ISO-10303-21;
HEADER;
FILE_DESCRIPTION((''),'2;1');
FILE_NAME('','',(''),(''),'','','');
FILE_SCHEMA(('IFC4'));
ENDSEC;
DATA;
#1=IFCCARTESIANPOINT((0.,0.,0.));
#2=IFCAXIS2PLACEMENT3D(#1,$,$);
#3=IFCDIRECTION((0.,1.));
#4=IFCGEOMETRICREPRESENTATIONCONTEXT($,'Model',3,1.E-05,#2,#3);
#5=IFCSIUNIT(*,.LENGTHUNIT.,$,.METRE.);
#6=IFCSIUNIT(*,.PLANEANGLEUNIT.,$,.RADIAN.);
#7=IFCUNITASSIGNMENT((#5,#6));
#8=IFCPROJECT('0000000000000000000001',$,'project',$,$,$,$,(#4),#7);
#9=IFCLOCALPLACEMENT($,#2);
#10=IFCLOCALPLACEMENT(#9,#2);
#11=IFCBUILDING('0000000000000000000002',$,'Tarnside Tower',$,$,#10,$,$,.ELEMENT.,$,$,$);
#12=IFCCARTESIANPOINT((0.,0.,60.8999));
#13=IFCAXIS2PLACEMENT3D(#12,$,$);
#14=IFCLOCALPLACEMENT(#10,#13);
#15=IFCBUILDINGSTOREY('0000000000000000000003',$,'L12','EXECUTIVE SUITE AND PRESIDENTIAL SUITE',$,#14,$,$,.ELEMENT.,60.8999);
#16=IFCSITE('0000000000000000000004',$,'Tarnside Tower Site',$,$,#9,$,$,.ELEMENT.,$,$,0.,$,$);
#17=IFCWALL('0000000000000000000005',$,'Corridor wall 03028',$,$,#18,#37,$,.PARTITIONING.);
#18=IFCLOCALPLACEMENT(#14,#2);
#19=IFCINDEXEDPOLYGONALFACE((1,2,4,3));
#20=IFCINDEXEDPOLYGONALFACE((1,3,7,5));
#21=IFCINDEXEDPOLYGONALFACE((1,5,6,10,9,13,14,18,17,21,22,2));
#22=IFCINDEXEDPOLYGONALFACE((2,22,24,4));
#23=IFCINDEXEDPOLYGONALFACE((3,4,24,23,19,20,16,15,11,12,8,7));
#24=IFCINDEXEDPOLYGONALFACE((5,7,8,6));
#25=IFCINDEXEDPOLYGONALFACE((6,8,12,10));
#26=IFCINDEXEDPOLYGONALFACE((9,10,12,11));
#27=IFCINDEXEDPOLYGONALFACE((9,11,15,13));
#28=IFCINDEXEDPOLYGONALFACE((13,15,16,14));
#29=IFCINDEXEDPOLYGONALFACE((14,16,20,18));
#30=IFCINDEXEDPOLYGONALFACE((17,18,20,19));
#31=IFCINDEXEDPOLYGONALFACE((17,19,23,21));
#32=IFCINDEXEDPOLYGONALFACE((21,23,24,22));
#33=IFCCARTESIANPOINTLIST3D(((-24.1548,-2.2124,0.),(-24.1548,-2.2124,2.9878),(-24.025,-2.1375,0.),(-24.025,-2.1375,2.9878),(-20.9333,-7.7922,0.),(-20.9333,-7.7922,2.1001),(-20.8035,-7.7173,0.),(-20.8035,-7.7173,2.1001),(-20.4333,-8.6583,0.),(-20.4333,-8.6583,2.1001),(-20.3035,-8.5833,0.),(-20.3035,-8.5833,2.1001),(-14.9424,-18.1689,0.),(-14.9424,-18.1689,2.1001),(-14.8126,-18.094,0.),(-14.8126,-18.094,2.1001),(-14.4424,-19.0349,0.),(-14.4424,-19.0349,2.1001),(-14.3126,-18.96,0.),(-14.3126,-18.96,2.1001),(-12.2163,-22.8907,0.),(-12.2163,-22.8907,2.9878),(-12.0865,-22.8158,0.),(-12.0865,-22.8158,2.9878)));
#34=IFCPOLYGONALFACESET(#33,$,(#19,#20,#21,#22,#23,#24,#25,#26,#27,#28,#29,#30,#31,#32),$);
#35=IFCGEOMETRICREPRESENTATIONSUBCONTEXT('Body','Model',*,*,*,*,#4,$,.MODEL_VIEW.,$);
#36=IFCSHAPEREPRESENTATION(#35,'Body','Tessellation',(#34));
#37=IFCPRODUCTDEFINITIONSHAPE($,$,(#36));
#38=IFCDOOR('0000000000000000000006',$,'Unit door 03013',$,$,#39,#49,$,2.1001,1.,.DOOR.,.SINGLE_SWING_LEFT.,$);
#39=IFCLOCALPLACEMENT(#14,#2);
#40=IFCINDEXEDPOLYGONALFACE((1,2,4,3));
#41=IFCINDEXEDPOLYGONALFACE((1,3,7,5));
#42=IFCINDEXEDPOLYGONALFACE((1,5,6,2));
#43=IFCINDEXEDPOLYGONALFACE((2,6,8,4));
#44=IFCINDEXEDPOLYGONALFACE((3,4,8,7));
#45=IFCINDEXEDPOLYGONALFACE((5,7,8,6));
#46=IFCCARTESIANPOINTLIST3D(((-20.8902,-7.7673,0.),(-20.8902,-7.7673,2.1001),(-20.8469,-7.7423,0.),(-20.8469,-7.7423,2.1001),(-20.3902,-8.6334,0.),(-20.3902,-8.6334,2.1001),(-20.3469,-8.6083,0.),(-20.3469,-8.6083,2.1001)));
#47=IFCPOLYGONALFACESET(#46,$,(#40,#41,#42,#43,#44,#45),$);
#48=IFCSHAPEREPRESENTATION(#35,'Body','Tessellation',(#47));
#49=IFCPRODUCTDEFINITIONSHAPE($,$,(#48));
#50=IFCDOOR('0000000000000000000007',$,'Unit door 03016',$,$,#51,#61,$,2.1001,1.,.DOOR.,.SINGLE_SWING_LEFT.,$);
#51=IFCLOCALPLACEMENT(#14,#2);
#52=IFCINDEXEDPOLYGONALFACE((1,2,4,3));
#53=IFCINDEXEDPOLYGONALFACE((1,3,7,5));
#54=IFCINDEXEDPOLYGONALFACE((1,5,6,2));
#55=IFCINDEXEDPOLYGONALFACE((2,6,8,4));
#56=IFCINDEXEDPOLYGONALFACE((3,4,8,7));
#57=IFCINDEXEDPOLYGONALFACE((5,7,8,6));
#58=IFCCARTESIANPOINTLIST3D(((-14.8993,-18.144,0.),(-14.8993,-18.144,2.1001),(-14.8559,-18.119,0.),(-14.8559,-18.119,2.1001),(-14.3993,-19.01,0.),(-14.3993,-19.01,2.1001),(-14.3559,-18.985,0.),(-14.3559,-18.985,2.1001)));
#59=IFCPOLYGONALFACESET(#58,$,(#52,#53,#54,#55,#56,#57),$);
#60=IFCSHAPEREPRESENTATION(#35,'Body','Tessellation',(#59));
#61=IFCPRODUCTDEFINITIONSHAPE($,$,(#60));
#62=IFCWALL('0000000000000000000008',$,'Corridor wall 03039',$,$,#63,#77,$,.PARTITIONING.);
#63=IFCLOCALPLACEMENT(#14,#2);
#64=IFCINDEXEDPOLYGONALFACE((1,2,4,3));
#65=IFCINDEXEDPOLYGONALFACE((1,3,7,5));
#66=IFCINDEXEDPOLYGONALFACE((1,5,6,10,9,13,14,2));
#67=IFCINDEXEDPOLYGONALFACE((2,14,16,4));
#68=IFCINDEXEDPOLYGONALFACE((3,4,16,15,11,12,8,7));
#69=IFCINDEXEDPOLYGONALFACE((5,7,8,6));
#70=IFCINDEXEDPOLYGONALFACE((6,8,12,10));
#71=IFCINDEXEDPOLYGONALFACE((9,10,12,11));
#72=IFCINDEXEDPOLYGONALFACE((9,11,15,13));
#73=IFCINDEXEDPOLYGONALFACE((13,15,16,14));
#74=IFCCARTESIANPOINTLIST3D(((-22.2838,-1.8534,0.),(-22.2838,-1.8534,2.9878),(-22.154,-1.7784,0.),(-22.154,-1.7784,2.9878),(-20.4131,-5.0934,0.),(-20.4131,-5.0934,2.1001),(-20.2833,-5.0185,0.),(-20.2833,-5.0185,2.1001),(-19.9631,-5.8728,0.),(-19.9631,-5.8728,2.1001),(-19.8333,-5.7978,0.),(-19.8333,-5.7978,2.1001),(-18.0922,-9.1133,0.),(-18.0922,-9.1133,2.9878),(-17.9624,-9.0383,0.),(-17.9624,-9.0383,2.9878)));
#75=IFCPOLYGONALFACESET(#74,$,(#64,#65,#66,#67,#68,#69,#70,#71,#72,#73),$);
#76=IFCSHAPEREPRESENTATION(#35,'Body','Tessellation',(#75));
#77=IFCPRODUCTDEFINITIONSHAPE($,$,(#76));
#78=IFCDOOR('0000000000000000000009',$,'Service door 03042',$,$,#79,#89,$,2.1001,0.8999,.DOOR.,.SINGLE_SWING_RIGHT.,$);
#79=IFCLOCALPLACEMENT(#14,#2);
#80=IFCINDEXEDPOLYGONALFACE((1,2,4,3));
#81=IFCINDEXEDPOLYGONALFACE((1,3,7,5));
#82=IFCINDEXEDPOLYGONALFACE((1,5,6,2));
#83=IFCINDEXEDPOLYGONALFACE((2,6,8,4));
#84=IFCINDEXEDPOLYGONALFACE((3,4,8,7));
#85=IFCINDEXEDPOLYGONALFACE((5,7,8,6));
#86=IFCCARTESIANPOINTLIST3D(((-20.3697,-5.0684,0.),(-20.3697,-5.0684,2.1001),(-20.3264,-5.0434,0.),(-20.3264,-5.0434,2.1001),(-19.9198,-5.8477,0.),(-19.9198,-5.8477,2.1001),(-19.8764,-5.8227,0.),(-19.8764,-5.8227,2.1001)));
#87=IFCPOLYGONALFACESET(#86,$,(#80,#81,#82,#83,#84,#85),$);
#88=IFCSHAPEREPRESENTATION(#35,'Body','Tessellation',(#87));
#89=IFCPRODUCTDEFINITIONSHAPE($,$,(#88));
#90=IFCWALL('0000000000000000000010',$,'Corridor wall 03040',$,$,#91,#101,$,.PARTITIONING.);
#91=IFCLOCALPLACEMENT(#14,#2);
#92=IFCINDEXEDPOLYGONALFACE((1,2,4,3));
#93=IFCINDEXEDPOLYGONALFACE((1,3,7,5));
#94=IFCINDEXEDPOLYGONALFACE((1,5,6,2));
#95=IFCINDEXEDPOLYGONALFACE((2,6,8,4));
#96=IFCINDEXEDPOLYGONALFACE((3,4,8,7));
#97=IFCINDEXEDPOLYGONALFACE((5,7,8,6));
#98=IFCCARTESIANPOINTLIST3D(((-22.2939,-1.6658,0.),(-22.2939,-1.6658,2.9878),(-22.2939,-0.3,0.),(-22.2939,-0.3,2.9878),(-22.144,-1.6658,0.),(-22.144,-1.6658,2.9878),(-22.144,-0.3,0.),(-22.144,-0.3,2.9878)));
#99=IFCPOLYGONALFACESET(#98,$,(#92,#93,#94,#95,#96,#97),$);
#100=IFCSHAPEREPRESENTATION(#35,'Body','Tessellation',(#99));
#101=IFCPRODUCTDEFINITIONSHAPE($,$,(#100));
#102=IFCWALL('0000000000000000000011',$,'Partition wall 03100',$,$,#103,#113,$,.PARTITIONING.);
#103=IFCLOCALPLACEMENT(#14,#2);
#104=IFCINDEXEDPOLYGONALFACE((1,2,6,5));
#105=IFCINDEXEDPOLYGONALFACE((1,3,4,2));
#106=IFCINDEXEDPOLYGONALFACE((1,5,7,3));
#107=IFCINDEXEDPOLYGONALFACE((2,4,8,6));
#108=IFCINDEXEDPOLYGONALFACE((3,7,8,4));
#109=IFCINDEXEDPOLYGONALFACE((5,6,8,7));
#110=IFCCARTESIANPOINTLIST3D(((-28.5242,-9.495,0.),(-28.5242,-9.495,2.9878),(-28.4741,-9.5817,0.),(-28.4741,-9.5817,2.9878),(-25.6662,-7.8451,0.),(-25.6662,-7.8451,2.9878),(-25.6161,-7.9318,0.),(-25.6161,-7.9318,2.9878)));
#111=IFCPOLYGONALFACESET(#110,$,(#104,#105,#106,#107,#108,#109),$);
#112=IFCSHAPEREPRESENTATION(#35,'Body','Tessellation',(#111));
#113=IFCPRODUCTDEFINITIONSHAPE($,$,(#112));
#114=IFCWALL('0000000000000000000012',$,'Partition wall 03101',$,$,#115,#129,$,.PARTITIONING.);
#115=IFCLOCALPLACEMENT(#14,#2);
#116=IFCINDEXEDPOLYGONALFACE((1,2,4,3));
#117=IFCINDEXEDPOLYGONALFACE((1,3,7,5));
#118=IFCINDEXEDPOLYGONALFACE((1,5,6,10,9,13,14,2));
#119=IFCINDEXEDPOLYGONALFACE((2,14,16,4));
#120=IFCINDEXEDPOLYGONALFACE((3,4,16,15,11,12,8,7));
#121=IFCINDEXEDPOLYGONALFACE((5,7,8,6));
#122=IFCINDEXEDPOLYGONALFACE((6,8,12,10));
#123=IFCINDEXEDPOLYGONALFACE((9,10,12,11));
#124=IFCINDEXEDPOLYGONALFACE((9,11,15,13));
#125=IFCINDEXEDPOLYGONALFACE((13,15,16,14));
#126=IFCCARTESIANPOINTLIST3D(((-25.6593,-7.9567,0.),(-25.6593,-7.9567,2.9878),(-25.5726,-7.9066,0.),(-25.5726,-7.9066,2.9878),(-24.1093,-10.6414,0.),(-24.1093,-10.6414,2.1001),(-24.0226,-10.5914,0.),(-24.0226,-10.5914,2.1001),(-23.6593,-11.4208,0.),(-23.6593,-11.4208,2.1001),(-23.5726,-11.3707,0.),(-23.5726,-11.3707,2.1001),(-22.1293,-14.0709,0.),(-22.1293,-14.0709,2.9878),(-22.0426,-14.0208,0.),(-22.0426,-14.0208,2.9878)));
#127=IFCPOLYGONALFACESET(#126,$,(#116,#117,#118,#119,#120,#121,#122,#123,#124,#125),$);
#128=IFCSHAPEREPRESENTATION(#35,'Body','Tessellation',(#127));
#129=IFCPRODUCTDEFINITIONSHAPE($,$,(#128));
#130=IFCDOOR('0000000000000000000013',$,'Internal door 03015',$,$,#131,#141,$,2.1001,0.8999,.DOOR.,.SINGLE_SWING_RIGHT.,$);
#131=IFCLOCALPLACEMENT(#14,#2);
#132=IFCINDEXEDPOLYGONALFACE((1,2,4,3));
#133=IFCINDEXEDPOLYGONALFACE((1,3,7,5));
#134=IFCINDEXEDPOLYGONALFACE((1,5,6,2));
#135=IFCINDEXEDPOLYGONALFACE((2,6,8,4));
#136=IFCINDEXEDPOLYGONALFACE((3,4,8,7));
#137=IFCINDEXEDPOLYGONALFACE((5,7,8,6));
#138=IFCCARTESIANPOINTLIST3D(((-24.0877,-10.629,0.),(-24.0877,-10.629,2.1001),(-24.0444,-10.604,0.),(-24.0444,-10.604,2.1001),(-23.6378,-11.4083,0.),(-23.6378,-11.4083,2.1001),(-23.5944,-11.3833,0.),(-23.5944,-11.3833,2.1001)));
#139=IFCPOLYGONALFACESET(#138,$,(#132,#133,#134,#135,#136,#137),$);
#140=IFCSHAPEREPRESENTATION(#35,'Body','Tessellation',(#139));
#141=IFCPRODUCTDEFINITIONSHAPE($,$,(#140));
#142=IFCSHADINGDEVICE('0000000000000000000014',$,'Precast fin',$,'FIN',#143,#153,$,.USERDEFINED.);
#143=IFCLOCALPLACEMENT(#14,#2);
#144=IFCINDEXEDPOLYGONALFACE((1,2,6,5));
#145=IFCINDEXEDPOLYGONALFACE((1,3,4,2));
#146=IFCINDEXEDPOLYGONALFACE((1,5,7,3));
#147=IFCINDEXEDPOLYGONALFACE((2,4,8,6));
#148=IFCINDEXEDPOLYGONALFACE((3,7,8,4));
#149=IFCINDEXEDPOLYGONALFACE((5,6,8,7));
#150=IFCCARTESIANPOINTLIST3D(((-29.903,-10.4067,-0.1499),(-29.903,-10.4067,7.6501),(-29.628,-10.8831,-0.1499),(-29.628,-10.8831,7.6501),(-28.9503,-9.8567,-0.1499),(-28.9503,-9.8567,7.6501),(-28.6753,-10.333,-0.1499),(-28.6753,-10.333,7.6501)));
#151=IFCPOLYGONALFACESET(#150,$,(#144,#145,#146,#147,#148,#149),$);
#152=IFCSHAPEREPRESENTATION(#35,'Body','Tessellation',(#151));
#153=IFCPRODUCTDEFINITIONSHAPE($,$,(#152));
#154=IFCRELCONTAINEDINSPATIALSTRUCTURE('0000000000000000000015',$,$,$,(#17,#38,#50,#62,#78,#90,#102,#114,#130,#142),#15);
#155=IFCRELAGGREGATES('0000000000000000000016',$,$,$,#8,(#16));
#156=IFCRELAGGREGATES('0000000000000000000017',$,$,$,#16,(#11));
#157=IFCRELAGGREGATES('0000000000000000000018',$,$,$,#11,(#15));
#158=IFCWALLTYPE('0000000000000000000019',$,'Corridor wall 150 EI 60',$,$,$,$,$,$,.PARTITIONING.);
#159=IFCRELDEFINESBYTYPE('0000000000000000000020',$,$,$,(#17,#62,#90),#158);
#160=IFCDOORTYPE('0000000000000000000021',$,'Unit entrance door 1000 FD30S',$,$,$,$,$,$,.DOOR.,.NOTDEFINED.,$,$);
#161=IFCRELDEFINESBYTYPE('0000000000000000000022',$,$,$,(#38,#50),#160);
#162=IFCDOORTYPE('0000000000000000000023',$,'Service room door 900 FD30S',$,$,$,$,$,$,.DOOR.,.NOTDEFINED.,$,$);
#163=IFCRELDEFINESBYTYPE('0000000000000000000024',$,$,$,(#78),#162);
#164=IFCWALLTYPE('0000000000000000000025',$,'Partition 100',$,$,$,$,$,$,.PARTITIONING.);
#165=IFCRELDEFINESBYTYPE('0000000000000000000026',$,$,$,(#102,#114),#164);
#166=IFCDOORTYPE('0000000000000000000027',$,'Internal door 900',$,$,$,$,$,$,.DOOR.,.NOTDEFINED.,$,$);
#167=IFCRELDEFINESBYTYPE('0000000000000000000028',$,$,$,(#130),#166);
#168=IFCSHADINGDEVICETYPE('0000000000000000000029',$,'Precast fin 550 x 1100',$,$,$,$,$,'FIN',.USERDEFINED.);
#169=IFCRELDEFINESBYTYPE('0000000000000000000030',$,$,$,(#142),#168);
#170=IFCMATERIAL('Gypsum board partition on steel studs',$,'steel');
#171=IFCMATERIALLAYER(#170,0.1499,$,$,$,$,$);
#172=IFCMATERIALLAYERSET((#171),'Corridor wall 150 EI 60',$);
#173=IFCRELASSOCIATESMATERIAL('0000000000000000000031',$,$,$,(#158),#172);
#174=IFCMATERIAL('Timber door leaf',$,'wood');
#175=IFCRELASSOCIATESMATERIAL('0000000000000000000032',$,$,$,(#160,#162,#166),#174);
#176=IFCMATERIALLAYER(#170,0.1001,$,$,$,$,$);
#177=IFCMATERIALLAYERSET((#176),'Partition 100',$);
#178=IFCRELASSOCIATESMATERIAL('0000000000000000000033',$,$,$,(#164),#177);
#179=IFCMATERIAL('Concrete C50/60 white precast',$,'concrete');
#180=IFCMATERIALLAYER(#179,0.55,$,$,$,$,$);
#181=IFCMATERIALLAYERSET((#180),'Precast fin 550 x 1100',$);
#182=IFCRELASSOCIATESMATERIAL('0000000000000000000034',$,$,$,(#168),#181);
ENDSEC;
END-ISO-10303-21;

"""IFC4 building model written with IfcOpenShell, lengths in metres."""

from ifc_helpers import new_model, si_unit, direction, frame, frame_2d, origin, place, context, subcontext, project, spatial, polyline, rectangle, outline, extrude, material, layer, layer_set, type_object, element, fill, save


model = new_model("IFC4")

# Units and contexts
model_context = context("Model", 3, precision=1e-05, world=origin(), true_north=direction((0.0, 1.0)))
body_context = subcontext(model_context, "Body", "Model", "MODEL_VIEW")
ifc_project = project(units=[si_unit("LENGTHUNIT", "METRE"), si_unit("PLANEANGLEUNIT", "RADIAN")], contexts=[model_context])

# Site, building, storey
site_placement = place(None, origin())
site = spatial("IfcSite", under=ifc_project, at=site_placement, Name="Tarnside Tower Site", CompositionType="ELEMENT", RefElevation=0.0)
building_placement = place(site_placement, origin())
building = spatial("IfcBuilding", under=site, at=building_placement, Name="Tarnside Tower", CompositionType="ELEMENT")
storey_placement = place(building_placement, frame((0.0, 0.0, 60.8999)))
storey = spatial("IfcBuildingStorey", under=building, at=storey_placement, Name="L12", Description="EXECUTIVE SUITE AND PRESIDENTIAL SUITE", CompositionType="ELEMENT", Elevation=60.8999)

# Shared definitions
ifc_material_1 = material(Name="Gypsum board partition on steel studs", Category="steel")
ifc_material_2 = material(Name="Timber door leaf", Category="wood")

# Shared definitions
ifc_layer_1 = layer(ifc_material_1, 0.1499)
ifc_layer_set_1 = layer_set([ifc_layer_1], Name="Corridor wall 150 EI 60")
wall_type_1 = type_object("IfcWallType", Name="Corridor wall 150 EI 60", PredefinedType="PARTITIONING", material=ifc_layer_set_1)

# Wall, openings, doors
wall_1_placement = place(storey_placement, frame((-24.0898, -2.175, 0.0), z_axis=(0.0, 0.0, 1.0), x_axis=(0.499997, -0.866027, 0.0)))
wall_1 = element("IfcWall", 1, at=wall_1_placement, inside=storey, type_object=wall_type_1, Name="Corridor wall 03028", PredefinedType="PARTITIONING", context=body_context, shape_type="SweptSolid", body=[
    extrude(rectangle(XDim=23.8772, YDim=0.1499, at=frame_2d((11.9385, 0.0))), origin(), (0.0, 0.0, 1.0), 2.9878),
])
opening_1_placement = place(wall_1_placement, frame((6.4429, 0.0, 0.0)))
opening_1 = element("IfcOpeningElement", 2, at=opening_1_placement, cuts=wall_1, PredefinedType="OPENING", context=body_context, shape_type="SweptSolid", body=[
    extrude(rectangle(XDim=1.0, YDim=2.1001, at=frame_2d((0.5, 1.05))), frame((0.0, 0.085, 0.0), z_axis=(0.0, -1.0, 0.0), x_axis=(1.0, 0.0, 0.0)), (0.0, 0.0, 1.0), 0.1699),
])
opening_2_placement = place(wall_1_placement, frame((18.4248, 0.0, 0.0)))
opening_2 = element("IfcOpeningElement", 3, at=opening_2_placement, cuts=wall_1, PredefinedType="OPENING", context=body_context, shape_type="SweptSolid", body=[
    extrude(rectangle(XDim=1.0, YDim=2.1001, at=frame_2d((0.5, 1.05))), frame((0.0, 0.085, 0.0), z_axis=(0.0, -1.0, 0.0), x_axis=(1.0, 0.0, 0.0)), (0.0, 0.0, 1.0), 0.1699),
])
door_type_1 = type_object("IfcDoorType", Name="Unit entrance door 1000 FD30S", OperationType="NOTDEFINED", PredefinedType="DOOR", material=ifc_material_2)
door_1_placement = place(opening_1_placement, origin())
door_1 = element("IfcDoor", 4, at=door_1_placement, inside=storey, type_object=door_type_1, Name="Unit door 03013", OperationType="SINGLE_SWING_LEFT", OverallHeight=2.1001, OverallWidth=1.0, PredefinedType="DOOR", context=body_context, shape_type="SweptSolid", body=[
    extrude(rectangle(XDim=1.0, YDim=2.1001, at=frame_2d((0.5, 1.05))), frame((0.0, 0.0249, 0.0), z_axis=(0.0, -1.0, 0.0), x_axis=(1.0, 0.0, 0.0)), (0.0, 0.0, 1.0), 0.05),
])
fill(opening_1, door_1)
door_2_placement = place(opening_2_placement, origin())
door_2 = element("IfcDoor", 5, at=door_2_placement, inside=storey, type_object=door_type_1, Name="Unit door 03016", OperationType="SINGLE_SWING_LEFT", OverallHeight=2.1001, OverallWidth=1.0, PredefinedType="DOOR", context=body_context, shape_type="SweptSolid", body=[
    extrude(rectangle(XDim=1.0, YDim=2.1001, at=frame_2d((0.5, 1.05))), frame((0.0, 0.0249, 0.0), z_axis=(0.0, -1.0, 0.0), x_axis=(1.0, 0.0, 0.0)), (0.0, 0.0, 1.0), 0.05),
])
fill(opening_2, door_2)

# Wall, opening, door
wall_2_placement = place(storey_placement, frame((-18.0273, -9.0757, 0.0), z_axis=(0.0, 0.0, 1.0), x_axis=(-0.500007, 0.866021, 0.0)))
wall_2 = element("IfcWall", 6, at=wall_2_placement, inside=storey, type_object=wall_type_1, Name="Corridor wall 03039", PredefinedType="PARTITIONING", context=body_context, shape_type="SweptSolid", body=[
    extrude(rectangle(XDim=8.3831, YDim=0.1499, at=frame_2d((4.1914, 0.0))), origin(), (0.0, 0.0, 1.0), 2.9878),
])
opening_3_placement = place(wall_2_placement, frame((3.7417, 0.0, 0.0)))
opening_3 = element("IfcOpeningElement", 7, at=opening_3_placement, cuts=wall_2, PredefinedType="OPENING", context=body_context, shape_type="SweptSolid", body=[
    extrude(rectangle(XDim=0.8999, YDim=2.1001, at=frame_2d((0.45, 1.05))), frame((0.0, 0.085, 0.0), z_axis=(0.0, -1.0, 0.0), x_axis=(1.0, 0.0, 0.0)), (0.0, 0.0, 1.0), 0.1699),
])
door_type_2 = type_object("IfcDoorType", Name="Service room door 900 FD30S", OperationType="NOTDEFINED", PredefinedType="DOOR", material=ifc_material_2)
door_3_placement = place(opening_3_placement, origin())
door_3 = element("IfcDoor", 8, at=door_3_placement, inside=storey, type_object=door_type_2, Name="Service door 03042", OperationType="SINGLE_SWING_RIGHT", OverallHeight=2.1001, OverallWidth=0.8999, PredefinedType="DOOR", context=body_context, shape_type="SweptSolid", body=[
    extrude(rectangle(XDim=0.8999, YDim=2.1001, at=frame_2d((0.45, 1.05))), frame((0.0, 0.0249, 0.0), z_axis=(0.0, -1.0, 0.0), x_axis=(1.0, 0.0, 0.0)), (0.0, 0.0, 1.0), 0.05),
])
fill(opening_3, door_3)

# Walls
wall_3_placement = place(storey_placement, frame((-22.219, -1.6658, 0.0), z_axis=(0.0, 0.0, 1.0), x_axis=(0.0, 1.0, 0.0)))
element("IfcWall", 9, at=wall_3_placement, inside=storey, type_object=wall_type_1, Name="Corridor wall 03040", PredefinedType="PARTITIONING", context=body_context, shape_type="SweptSolid", body=[
    extrude(rectangle(XDim=1.3657, YDim=0.1499, at=frame_2d((0.6829, 0.0))), origin(), (0.0, 0.0, 1.0), 2.9878),
])
ifc_layer_2 = layer(ifc_material_1, 0.1001)
ifc_layer_set_2 = layer_set([ifc_layer_2], Name="Partition 100")
wall_type_2 = type_object("IfcWallType", Name="Partition 100", PredefinedType="PARTITIONING", material=ifc_layer_set_2)
wall_4_placement = place(storey_placement, frame((-28.499, -9.5383, 0.0), z_axis=(0.0, 0.0, 1.0), x_axis=(0.86604, 0.499974, 0.0)))
element("IfcWall", 10, at=wall_4_placement, inside=storey, type_object=wall_type_2, Name="Partition wall 03100", PredefinedType="PARTITIONING", context=body_context, shape_type="SweptSolid", body=[
    extrude(rectangle(XDim=3.3, YDim=0.1001, at=frame_2d((1.6499, 0.0))), origin(), (0.0, 0.0, 1.0), 2.9878),
])

# Wall, opening, door
wall_5_placement = place(storey_placement, frame((-25.616, -7.9316, 0.0), z_axis=(0.0, 0.0, 1.0), x_axis=(0.499996, -0.866028, 0.0)))
wall_5 = element("IfcWall", 11, at=wall_5_placement, inside=storey, type_object=wall_type_2, Name="Partition wall 03101", PredefinedType="PARTITIONING", context=body_context, shape_type="SweptSolid", body=[
    extrude(rectangle(XDim=7.0601, YDim=0.1001, at=frame_2d((3.53, 0.0))), origin(), (0.0, 0.0, 1.0), 2.9878),
])
opening_4_placement = place(wall_5_placement, frame((3.1001, 0.0, 0.0)))
opening_4 = element("IfcOpeningElement", 12, at=opening_4_placement, cuts=wall_5, PredefinedType="OPENING", context=body_context, shape_type="SweptSolid", body=[
    extrude(rectangle(XDim=0.8999, YDim=2.1001, at=frame_2d((0.45, 1.05))), frame((0.0, 0.0601, 0.0), z_axis=(0.0, -1.0, 0.0), x_axis=(1.0, 0.0, 0.0)), (0.0, 0.0, 1.0), 0.1201),
])
door_type_3 = type_object("IfcDoorType", Name="Internal door 900", OperationType="NOTDEFINED", PredefinedType="DOOR", material=ifc_material_2)
door_4_placement = place(opening_4_placement, origin())
door_4 = element("IfcDoor", 13, at=door_4_placement, inside=storey, type_object=door_type_3, Name="Internal door 03015", OperationType="SINGLE_SWING_RIGHT", OverallHeight=2.1001, OverallWidth=0.8999, PredefinedType="DOOR", context=body_context, shape_type="SweptSolid", body=[
    extrude(rectangle(XDim=0.8999, YDim=2.1001, at=frame_2d((0.45, 1.05))), frame((0.0, 0.0249, 0.0), z_axis=(0.0, -1.0, 0.0), x_axis=(1.0, 0.0, 0.0)), (0.0, 0.0, 1.0), 0.05),
])
fill(opening_4, door_4)

# Shading device
ifc_material_3 = material(Name="Concrete C50/60 white precast", Category="concrete")
ifc_layer_3 = layer(ifc_material_3, 0.55)
ifc_layer_set_3 = layer_set([ifc_layer_3], Name="Precast fin 550 x 1100")
shading_device_type = type_object("IfcShadingDeviceType", Name="Precast fin 550 x 1100", ElementType="FIN", PredefinedType="USERDEFINED", material=ifc_layer_set_3)
shading_device_placement = place(storey_placement, frame((-28.8127, -10.095, -0.1499), z_axis=(-0.5, 0.866025, 0.0), x_axis=(-0.866025, -0.5, 0.0)))
element("IfcShadingDevice", 14, at=shading_device_placement, inside=storey, type_object=shading_device_type, Name="Precast fin", ObjectType="FIN", PredefinedType="USERDEFINED", context=body_context, shape_type="SweptSolid", body=[
    extrude(outline(polyline([(0.0, 0.0), (1.1001, 0.0), (1.1001, 7.8), (0.0, 7.8), (0.0, 0.0)])), frame((0.0, 0.0, -0.2749)), (0.0, 0.0, 1.0), 0.55),
])

save(model, "model.ifc")
